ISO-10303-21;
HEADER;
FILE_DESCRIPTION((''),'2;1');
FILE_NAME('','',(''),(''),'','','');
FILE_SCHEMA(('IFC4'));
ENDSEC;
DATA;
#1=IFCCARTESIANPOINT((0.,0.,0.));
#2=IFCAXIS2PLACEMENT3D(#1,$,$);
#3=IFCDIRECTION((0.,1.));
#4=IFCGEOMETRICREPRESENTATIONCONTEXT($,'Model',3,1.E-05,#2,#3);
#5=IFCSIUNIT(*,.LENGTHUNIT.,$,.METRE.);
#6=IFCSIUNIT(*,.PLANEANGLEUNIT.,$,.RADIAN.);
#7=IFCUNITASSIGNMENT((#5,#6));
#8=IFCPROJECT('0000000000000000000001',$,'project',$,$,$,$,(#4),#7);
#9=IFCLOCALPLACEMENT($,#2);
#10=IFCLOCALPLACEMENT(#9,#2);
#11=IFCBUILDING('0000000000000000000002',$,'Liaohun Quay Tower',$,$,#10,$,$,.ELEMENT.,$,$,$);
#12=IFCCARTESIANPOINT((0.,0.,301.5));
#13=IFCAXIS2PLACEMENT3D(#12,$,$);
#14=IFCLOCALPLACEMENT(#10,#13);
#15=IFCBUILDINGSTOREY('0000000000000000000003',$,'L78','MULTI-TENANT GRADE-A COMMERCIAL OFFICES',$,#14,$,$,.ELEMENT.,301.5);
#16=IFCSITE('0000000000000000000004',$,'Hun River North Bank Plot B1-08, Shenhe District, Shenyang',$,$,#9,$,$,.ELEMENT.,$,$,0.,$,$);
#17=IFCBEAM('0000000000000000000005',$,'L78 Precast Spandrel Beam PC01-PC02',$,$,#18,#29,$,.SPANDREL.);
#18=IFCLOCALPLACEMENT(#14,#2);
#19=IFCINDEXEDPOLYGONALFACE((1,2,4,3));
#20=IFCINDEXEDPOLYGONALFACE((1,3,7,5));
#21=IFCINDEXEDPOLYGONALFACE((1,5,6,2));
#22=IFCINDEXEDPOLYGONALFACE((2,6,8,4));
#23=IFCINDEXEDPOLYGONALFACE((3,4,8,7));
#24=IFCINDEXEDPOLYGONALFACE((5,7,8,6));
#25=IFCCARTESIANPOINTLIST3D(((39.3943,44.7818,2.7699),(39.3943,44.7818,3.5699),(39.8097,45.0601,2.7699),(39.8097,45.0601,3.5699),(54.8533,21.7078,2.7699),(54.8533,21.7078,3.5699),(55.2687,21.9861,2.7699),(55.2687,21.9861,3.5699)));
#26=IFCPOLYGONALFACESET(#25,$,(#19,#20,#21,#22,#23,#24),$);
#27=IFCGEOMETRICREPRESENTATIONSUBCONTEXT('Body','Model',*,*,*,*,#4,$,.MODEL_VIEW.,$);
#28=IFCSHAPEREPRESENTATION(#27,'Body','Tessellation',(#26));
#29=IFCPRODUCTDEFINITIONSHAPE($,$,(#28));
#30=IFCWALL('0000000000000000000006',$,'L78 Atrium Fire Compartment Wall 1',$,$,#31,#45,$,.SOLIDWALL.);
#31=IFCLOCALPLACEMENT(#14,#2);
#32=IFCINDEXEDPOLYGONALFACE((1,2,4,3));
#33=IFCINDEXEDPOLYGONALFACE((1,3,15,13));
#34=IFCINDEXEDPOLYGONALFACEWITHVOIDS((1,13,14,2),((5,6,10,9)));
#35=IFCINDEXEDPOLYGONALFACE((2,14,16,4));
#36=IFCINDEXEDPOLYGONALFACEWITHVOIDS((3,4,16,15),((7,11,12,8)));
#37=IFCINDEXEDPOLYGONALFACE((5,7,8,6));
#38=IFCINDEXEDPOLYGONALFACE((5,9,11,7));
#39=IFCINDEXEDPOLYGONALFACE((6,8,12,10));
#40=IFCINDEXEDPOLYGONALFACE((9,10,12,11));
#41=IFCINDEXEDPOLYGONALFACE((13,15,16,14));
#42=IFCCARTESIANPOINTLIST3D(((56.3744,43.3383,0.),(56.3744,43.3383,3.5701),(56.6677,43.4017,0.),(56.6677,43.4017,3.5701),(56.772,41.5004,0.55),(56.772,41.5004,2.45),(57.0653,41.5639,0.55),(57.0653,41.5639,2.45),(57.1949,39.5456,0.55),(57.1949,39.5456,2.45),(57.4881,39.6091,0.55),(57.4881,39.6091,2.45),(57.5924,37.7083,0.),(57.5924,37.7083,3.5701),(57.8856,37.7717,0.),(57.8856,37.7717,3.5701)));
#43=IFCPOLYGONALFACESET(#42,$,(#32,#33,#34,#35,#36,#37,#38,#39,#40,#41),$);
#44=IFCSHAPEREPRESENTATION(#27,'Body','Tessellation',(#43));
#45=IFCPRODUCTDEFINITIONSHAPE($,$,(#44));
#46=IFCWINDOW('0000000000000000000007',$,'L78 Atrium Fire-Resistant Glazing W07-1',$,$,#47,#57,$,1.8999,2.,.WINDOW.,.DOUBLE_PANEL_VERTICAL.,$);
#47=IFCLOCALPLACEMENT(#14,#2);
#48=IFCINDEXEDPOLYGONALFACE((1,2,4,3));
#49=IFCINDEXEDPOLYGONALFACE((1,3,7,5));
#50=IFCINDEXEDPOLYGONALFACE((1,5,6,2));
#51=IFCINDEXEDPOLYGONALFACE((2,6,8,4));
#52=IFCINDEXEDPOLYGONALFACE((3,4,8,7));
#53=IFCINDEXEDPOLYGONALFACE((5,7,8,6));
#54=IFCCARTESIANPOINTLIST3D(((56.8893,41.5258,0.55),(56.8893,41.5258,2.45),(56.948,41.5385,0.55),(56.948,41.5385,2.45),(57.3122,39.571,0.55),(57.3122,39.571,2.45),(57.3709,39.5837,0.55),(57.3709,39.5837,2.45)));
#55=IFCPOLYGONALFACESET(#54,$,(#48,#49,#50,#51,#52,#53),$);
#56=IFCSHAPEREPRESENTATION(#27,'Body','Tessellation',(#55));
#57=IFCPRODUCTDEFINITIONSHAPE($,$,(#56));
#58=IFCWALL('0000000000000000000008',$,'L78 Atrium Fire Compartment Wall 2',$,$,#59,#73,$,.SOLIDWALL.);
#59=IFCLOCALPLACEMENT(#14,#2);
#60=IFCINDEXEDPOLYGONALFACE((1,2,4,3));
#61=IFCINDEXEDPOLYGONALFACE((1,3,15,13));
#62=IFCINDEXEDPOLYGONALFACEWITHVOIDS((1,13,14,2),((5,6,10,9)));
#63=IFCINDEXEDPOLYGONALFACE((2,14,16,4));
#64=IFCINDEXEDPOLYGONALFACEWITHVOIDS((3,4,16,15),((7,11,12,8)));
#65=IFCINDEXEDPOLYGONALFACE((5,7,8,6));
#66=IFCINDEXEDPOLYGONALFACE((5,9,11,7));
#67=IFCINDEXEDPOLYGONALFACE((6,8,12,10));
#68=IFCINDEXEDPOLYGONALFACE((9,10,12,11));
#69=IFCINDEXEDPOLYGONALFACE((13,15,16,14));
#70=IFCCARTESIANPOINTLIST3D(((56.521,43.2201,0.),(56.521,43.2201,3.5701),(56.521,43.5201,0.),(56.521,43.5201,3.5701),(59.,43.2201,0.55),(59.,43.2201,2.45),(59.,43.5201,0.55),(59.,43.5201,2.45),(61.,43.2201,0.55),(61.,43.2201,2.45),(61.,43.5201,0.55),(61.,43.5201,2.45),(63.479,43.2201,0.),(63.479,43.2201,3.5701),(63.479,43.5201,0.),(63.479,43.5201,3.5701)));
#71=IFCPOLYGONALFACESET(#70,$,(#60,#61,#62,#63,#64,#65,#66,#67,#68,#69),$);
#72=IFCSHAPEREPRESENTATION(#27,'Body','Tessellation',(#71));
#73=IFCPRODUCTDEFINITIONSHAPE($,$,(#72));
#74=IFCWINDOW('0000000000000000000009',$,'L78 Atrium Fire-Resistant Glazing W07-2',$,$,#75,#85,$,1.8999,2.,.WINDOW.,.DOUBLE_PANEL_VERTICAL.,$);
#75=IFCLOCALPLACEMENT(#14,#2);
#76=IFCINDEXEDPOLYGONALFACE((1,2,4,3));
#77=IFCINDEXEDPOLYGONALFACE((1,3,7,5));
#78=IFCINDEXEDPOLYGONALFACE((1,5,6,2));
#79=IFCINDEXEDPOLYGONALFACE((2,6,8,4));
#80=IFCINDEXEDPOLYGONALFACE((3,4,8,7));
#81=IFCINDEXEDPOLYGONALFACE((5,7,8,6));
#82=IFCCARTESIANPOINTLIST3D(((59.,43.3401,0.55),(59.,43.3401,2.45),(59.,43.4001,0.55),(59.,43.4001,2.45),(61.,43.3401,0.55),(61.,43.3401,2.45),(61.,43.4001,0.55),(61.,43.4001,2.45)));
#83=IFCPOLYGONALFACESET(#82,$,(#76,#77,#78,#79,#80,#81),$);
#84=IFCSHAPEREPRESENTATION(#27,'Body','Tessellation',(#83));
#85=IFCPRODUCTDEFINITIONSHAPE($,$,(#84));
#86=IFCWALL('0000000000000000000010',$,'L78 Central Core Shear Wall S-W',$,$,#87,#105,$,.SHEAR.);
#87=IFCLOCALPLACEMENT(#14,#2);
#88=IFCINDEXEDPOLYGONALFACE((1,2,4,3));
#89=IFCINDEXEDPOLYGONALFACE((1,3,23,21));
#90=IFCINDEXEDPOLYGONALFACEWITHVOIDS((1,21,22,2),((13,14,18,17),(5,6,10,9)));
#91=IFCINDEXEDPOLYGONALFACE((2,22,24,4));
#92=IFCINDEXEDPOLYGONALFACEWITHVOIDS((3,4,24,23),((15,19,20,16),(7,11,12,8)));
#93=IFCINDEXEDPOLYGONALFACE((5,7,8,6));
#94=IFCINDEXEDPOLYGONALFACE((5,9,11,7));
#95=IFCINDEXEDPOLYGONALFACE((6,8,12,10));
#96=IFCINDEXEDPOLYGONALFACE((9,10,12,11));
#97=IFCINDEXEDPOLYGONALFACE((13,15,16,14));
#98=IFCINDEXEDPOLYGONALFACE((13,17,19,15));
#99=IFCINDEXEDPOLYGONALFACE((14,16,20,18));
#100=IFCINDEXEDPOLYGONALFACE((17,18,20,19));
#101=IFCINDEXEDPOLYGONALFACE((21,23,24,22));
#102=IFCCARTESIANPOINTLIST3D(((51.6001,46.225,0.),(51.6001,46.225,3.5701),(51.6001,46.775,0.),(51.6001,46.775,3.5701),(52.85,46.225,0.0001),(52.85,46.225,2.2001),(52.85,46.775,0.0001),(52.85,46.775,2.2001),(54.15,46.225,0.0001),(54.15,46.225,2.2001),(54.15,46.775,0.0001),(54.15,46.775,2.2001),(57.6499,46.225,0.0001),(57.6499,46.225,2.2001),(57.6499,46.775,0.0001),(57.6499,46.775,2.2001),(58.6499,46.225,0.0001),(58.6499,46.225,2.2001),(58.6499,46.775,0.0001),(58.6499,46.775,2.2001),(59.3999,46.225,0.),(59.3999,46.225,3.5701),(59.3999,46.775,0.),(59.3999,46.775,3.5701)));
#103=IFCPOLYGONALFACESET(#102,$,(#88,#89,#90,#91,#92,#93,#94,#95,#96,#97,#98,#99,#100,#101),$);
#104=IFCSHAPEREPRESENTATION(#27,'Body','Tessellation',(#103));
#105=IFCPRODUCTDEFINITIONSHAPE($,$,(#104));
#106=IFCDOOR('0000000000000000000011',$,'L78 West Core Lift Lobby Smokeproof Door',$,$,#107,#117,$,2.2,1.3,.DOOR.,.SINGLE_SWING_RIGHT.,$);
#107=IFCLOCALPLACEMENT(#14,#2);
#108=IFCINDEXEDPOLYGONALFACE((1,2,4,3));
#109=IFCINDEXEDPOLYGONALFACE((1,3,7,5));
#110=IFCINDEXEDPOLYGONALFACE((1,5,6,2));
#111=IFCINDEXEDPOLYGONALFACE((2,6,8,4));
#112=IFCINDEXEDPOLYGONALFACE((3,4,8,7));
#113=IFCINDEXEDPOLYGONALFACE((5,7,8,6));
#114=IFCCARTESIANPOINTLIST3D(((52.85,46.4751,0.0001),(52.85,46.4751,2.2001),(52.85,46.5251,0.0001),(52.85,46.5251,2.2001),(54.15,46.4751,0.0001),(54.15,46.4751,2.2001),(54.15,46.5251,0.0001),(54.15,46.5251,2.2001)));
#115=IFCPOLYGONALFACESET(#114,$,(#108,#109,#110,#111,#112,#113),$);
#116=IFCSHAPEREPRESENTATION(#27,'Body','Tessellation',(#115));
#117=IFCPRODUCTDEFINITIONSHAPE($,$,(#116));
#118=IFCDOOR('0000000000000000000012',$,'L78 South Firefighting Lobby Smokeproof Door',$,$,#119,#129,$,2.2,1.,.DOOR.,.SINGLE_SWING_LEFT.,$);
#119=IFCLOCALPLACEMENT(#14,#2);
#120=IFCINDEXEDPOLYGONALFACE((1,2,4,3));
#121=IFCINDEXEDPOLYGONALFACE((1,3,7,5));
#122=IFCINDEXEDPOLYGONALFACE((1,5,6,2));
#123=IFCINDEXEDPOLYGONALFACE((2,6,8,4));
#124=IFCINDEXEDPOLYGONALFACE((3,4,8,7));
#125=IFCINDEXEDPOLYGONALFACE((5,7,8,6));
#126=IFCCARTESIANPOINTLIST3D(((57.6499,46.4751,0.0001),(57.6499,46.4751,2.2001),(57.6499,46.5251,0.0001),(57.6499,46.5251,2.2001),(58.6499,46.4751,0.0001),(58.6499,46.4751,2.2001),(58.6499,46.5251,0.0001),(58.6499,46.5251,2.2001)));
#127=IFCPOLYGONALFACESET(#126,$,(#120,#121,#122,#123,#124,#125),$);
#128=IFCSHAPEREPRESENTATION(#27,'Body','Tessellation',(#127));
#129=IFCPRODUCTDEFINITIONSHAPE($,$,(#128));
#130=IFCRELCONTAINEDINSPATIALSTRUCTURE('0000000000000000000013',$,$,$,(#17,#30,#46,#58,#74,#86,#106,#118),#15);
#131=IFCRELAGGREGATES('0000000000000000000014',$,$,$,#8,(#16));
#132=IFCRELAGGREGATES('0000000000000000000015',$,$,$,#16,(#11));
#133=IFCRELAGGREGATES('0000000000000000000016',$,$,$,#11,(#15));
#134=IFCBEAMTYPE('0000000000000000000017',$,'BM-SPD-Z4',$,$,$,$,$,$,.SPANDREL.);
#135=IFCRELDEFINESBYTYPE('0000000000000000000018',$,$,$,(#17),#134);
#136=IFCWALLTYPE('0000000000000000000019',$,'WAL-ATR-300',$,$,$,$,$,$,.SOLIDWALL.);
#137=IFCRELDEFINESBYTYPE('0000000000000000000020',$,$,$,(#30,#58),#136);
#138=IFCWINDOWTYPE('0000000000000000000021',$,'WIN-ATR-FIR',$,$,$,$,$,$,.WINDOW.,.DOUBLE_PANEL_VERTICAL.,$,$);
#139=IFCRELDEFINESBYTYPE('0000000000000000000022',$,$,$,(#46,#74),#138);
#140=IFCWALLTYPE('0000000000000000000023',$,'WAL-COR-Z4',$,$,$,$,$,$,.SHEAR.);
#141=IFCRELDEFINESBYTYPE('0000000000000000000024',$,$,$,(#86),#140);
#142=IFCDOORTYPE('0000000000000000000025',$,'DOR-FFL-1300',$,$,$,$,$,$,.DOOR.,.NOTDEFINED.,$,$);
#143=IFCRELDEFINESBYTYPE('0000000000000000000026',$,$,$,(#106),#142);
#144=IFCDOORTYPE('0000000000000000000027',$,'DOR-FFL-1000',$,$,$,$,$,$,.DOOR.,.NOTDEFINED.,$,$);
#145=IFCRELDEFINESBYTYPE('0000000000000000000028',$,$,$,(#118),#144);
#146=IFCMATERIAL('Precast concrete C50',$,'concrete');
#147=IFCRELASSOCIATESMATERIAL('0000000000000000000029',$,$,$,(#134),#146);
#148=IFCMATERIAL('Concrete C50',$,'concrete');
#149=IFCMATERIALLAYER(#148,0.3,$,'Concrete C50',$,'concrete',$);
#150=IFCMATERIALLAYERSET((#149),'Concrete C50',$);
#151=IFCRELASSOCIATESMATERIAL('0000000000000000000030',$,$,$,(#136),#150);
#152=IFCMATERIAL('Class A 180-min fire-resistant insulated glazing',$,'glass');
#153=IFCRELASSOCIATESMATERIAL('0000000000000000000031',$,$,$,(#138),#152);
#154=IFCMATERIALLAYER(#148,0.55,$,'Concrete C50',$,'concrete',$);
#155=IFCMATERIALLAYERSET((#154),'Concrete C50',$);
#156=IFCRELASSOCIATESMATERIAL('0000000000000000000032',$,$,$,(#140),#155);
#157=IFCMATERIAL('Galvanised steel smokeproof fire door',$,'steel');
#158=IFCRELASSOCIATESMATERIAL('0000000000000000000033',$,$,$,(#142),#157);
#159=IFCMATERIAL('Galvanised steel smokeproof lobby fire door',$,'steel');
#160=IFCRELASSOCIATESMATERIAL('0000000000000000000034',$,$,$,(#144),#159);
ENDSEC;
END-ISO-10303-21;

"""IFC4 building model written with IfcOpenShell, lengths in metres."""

from ifc_helpers import new_model, si_unit, direction, frame, frame_2d, origin, origin_2d, place, context, subcontext, project, spatial, rectangle, extrude, source, transform, mapped, material, layer, layer_set, material_profile, profile_set, type_object, element, fill, save


model = new_model("IFC4")

# Units and contexts
model_context = context("Model", 3, precision=1e-05, world=origin(), true_north=direction((0.0, 1.0)))
body_context = subcontext(model_context, "Body", "Model", "MODEL_VIEW")
ifc_project = project(units=[si_unit("LENGTHUNIT", "METRE"), si_unit("PLANEANGLEUNIT", "RADIAN")], contexts=[model_context])

# Site, building, storey
site_placement = place(None, origin())
site = spatial("IfcSite", under=ifc_project, at=site_placement, Name="Hun River North Bank Plot B1-08, Shenhe District, Shenyang", CompositionType="ELEMENT", RefElevation=0.0)
building_placement = place(site_placement, origin())
building = spatial("IfcBuilding", under=site, at=building_placement, Name="Liaohun Quay Tower", CompositionType="ELEMENT")
storey_placement = place(building_placement, frame((0.0, 0.0, 301.5)))
storey = spatial("IfcBuildingStorey", under=building, at=storey_placement, Name="L78", Description="MULTI-TENANT GRADE-A COMMERCIAL OFFICES", CompositionType="ELEMENT", Elevation=301.5)

# Shared definitions
ifc_material_1 = material(Name="Concrete C50", Category="concrete")

# Beam
ifc_material_2 = material(Name="Precast concrete C50", Category="concrete")
ifc_material_profile_1 = material_profile(ifc_material_2, rectangle(XDim=0.5, YDim=0.8, at=origin_2d()), Name="RC500x800")
ifc_profile_set_1 = profile_set([ifc_material_profile_1], Name="Precast concrete C50")
beam_type_1 = type_object("IfcBeamType", Name="BM-SPD-Z4", PredefinedType="SPANDREL", material=ifc_profile_set_1)
shared_shape_1 = source(origin(), body_context, "Body", "SweptSolid", [
    extrude(rectangle(XDim=0.5, YDim=0.8, at=origin_2d()), origin(), (0.0, 0.0, 1.0), 27.7739),
])
beam_1_placement = place(storey_placement, frame((55.061, 21.8469, 3.1699), z_axis=(-0.556602, 0.83078, 0.0), x_axis=(-0.83078, -0.556602, 0.0)))
element("IfcBeam", 1, at=beam_1_placement, inside=storey, type_object=beam_type_1, Name="L78 Precast Spandrel Beam PC01-PC02", PredefinedType="SPANDREL", context=body_context, shape_type="MappedRepresentation", body=[
    mapped(shared_shape_1, transform((0.0, 0.0, 0.0), x_axis=(1.0, 0.0, 0.0), y_axis=(0.0, 1.0, 0.0), z_axis=(0.0, 0.0, 1.0), scale=1.0)),
])

# Walls, openings, windows
ifc_layer_1 = layer(ifc_material_1, 0.3, Name="Concrete C50", Category="concrete")
ifc_layer_set_1 = layer_set([ifc_layer_1], Name="Concrete C50")
wall_type_1 = type_object("IfcWallType", Name="WAL-ATR-300", PredefinedType="SOLIDWALL", material=ifc_layer_set_1)
wall_1_placement = place(storey_placement, frame((57.739, 37.74, 0.0), z_axis=(0.0, 0.0, 1.0), x_axis=(-0.211448, 0.977389, 0.0)))
wall_1 = element("IfcWall", 2, at=wall_1_placement, inside=storey, type_object=wall_type_1, Name="L78 Atrium Fire Compartment Wall 1", PredefinedType="SOLIDWALL", context=body_context, shape_type="SweptSolid", body=[
    extrude(rectangle(XDim=5.7603, YDim=0.3, at=frame_2d((2.8801, 0.0))), origin(), (0.0, 0.0, 1.0), 3.5701),
])
shared_shape_2 = source(origin(), body_context, "Body", "SweptSolid", [
    extrude(rectangle(XDim=2.0, YDim=1.8999, at=frame_2d((1.0, 0.95))), frame((0.0, 0.1599, 0.0), z_axis=(0.0, -1.0, 0.0), x_axis=(1.0, 0.0, 0.0)), (0.0, 0.0, 1.0), 0.3201),
])
opening_1_placement = place(wall_1_placement, frame((1.8799, 0.0, 0.55)))
opening_1 = element("IfcOpeningElement", 3, at=opening_1_placement, cuts=wall_1, PredefinedType="OPENING", context=body_context, shape_type="MappedRepresentation", body=[
    mapped(shared_shape_2, transform((0.0, 0.0, 0.0), x_axis=(1.0, 0.0, 0.0), y_axis=(0.0, 1.0, 0.0), z_axis=(0.0, 0.0, 1.0), scale=1.0)),
])
ifc_material_3 = material(Name="Class A 180-min fire-resistant insulated glazing", Category="glass")
window_type_1 = type_object("IfcWindowType", Name="WIN-ATR-FIR", PartitioningType="DOUBLE_PANEL_VERTICAL", PredefinedType="WINDOW", material=ifc_material_3)
shared_shape_3 = source(origin(), body_context, "Body", "SweptSolid", [
    extrude(rectangle(XDim=2.0, YDim=1.8999, at=frame_2d((1.0, 0.95))), frame((0.0, 0.03, 0.0), z_axis=(0.0, -1.0, 0.0), x_axis=(1.0, 0.0, 0.0)), (0.0, 0.0, 1.0), 0.0601),
])
window_1_placement = place(opening_1_placement, origin())
window_1 = element("IfcWindow", 4, at=window_1_placement, inside=storey, type_object=window_type_1, Name="L78 Atrium Fire-Resistant Glazing W07-1", OverallHeight=1.8999, OverallWidth=2.0, PartitioningType="DOUBLE_PANEL_VERTICAL", PredefinedType="WINDOW", context=body_context, shape_type="MappedRepresentation", body=[
    mapped(shared_shape_3, transform((0.0, 0.0, 0.0), x_axis=(1.0, 0.0, 0.0), y_axis=(0.0, 1.0, 0.0), z_axis=(0.0, 0.0, 1.0), scale=1.0)),
])
fill(opening_1, window_1)
wall_2_placement = place(storey_placement, frame((56.521, 43.3701, 0.0), z_axis=(0.0, 0.0, 1.0), x_axis=(1.0, 0.0, 0.0)))
wall_2 = element("IfcWall", 5, at=wall_2_placement, inside=storey, type_object=wall_type_1, Name="L78 Atrium Fire Compartment Wall 2", PredefinedType="SOLIDWALL", context=body_context, shape_type="SweptSolid", body=[
    extrude(rectangle(XDim=6.958, YDim=0.3, at=frame_2d((3.479, 0.0))), origin(), (0.0, 0.0, 1.0), 3.5701),
])
opening_2_placement = place(wall_2_placement, frame((2.479, 0.0, 0.55)))
opening_2 = element("IfcOpeningElement", 6, at=opening_2_placement, cuts=wall_2, PredefinedType="OPENING", context=body_context, shape_type="MappedRepresentation", body=[
    mapped(shared_shape_2, transform((0.0, 0.0, 0.0), x_axis=(1.0, 0.0, 0.0), y_axis=(0.0, 1.0, 0.0), z_axis=(0.0, 0.0, 1.0), scale=1.0)),
])
window_2_placement = place(opening_2_placement, origin())
window_2 = element("IfcWindow", 7, at=window_2_placement, inside=storey, type_object=window_type_1, Name="L78 Atrium Fire-Resistant Glazing W07-2", OverallHeight=1.8999, OverallWidth=2.0, PartitioningType="DOUBLE_PANEL_VERTICAL", PredefinedType="WINDOW", context=body_context, shape_type="MappedRepresentation", body=[
    mapped(shared_shape_3, transform((0.0, 0.0, 0.0), x_axis=(1.0, 0.0, 0.0), y_axis=(0.0, 1.0, 0.0), z_axis=(0.0, 0.0, 1.0), scale=1.0)),
])
fill(opening_2, window_2)

# Wall, openings, doors
ifc_layer_2 = layer(ifc_material_1, 0.55, Name="Concrete C50", Category="concrete")
ifc_layer_set_2 = layer_set([ifc_layer_2], Name="Concrete C50")
wall_type_2 = type_object("IfcWallType", Name="WAL-COR-Z4", PredefinedType="SHEAR", material=ifc_layer_set_2)
wall_3_placement = place(storey_placement, frame((59.3999, 46.5, 0.0), z_axis=(0.0, 0.0, 1.0), x_axis=(-1.0, 0.0, 0.0)))
wall_3 = element("IfcWall", 8, at=wall_3_placement, inside=storey, type_object=wall_type_2, Name="L78 Central Core Shear Wall S-W", PredefinedType="SHEAR", context=body_context, shape_type="SweptSolid", body=[
    extrude(rectangle(XDim=7.7998, YDim=0.55, at=frame_2d((3.8999, 0.0))), origin(), (0.0, 0.0, 1.0), 3.5701),
])
shared_shape_4 = source(origin(), body_context, "Body", "SweptSolid", [
    extrude(rectangle(XDim=1.3, YDim=2.2, at=frame_2d((0.6499, 1.1001))), frame((0.0, 0.2849, 0.0), z_axis=(0.0, -1.0, 0.0), x_axis=(1.0, 0.0, 0.0)), (0.0, 0.0, 1.0), 0.5701),
])
opening_3_placement = place(wall_3_placement, frame((5.25, 0.0, 0.0)))
opening_3 = element("IfcOpeningElement", 9, at=opening_3_placement, cuts=wall_3, PredefinedType="OPENING", context=body_context, shape_type="MappedRepresentation", body=[
    mapped(shared_shape_4, transform((0.0, 0.0, 0.0), x_axis=(1.0, 0.0, 0.0), y_axis=(0.0, 1.0, 0.0), z_axis=(0.0, 0.0, 1.0), scale=1.0)),
])
shared_shape_5 = source(origin(), body_context, "Body", "SweptSolid", [
    extrude(rectangle(XDim=1.0, YDim=2.2, at=frame_2d((0.5, 1.1001))), frame((0.0, 0.2849, 0.0), z_axis=(0.0, -1.0, 0.0), x_axis=(1.0, 0.0, 0.0)), (0.0, 0.0, 1.0), 0.5701),
])
opening_4_placement = place(wall_3_placement, frame((0.75, 0.0, 0.0)))
opening_4 = element("IfcOpeningElement", 10, at=opening_4_placement, cuts=wall_3, PredefinedType="OPENING", context=body_context, shape_type="MappedRepresentation", body=[
    mapped(shared_shape_5, transform((0.0, 0.0, 0.0), x_axis=(1.0, 0.0, 0.0), y_axis=(0.0, 1.0, 0.0), z_axis=(0.0, 0.0, 1.0), scale=1.0)),
])
ifc_material_4 = material(Name="Galvanised steel smokeproof fire door", Category="steel")
door_type_1 = type_object("IfcDoorType", Name="DOR-FFL-1300", OperationType="NOTDEFINED", PredefinedType="DOOR", material=ifc_material_4)
shared_shape_6 = source(origin(), body_context, "Body", "SweptSolid", [
    extrude(rectangle(XDim=1.3, YDim=2.2, at=frame_2d((0.6499, 1.1001))), frame((0.0, 0.0249, 0.0), z_axis=(0.0, -1.0, 0.0), x_axis=(1.0, 0.0, 0.0)), (0.0, 0.0, 1.0), 0.05),
])
door_1_placement = place(opening_3_placement, origin())
door_1 = element("IfcDoor", 11, at=door_1_placement, inside=storey, type_object=door_type_1, Name="L78 West Core Lift Lobby Smokeproof Door", OperationType="SINGLE_SWING_RIGHT", OverallHeight=2.2, OverallWidth=1.3, PredefinedType="DOOR", context=body_context, shape_type="MappedRepresentation", body=[
    mapped(shared_shape_6, transform((0.0, 0.0, 0.0), x_axis=(1.0, 0.0, 0.0), y_axis=(0.0, 1.0, 0.0), z_axis=(0.0, 0.0, 1.0), scale=1.0)),
])
fill(opening_3, door_1)
ifc_material_5 = material(Name="Galvanised steel smokeproof lobby fire door", Category="steel")
door_type_2 = type_object("IfcDoorType", Name="DOR-FFL-1000", OperationType="NOTDEFINED", PredefinedType="DOOR", material=ifc_material_5)
shared_shape_7 = source(origin(), body_context, "Body", "SweptSolid", [
    extrude(rectangle(XDim=1.0, YDim=2.2, at=frame_2d((0.5, 1.1001))), frame((0.0, 0.0249, 0.0), z_axis=(0.0, -1.0, 0.0), x_axis=(1.0, 0.0, 0.0)), (0.0, 0.0, 1.0), 0.05),
])
door_2_placement = place(opening_4_placement, origin())
door_2 = element("IfcDoor", 12, at=door_2_placement, inside=storey, type_object=door_type_2, Name="L78 South Firefighting Lobby Smokeproof Door", OperationType="SINGLE_SWING_LEFT", OverallHeight=2.2, OverallWidth=1.0, PredefinedType="DOOR", context=body_context, shape_type="MappedRepresentation", body=[
    mapped(shared_shape_7, transform((0.0, 0.0, 0.0), x_axis=(1.0, 0.0, 0.0), y_axis=(0.0, 1.0, 0.0), z_axis=(0.0, 0.0, 1.0), scale=1.0)),
])
fill(opening_4, door_2)

save(model, "model.ifc")
